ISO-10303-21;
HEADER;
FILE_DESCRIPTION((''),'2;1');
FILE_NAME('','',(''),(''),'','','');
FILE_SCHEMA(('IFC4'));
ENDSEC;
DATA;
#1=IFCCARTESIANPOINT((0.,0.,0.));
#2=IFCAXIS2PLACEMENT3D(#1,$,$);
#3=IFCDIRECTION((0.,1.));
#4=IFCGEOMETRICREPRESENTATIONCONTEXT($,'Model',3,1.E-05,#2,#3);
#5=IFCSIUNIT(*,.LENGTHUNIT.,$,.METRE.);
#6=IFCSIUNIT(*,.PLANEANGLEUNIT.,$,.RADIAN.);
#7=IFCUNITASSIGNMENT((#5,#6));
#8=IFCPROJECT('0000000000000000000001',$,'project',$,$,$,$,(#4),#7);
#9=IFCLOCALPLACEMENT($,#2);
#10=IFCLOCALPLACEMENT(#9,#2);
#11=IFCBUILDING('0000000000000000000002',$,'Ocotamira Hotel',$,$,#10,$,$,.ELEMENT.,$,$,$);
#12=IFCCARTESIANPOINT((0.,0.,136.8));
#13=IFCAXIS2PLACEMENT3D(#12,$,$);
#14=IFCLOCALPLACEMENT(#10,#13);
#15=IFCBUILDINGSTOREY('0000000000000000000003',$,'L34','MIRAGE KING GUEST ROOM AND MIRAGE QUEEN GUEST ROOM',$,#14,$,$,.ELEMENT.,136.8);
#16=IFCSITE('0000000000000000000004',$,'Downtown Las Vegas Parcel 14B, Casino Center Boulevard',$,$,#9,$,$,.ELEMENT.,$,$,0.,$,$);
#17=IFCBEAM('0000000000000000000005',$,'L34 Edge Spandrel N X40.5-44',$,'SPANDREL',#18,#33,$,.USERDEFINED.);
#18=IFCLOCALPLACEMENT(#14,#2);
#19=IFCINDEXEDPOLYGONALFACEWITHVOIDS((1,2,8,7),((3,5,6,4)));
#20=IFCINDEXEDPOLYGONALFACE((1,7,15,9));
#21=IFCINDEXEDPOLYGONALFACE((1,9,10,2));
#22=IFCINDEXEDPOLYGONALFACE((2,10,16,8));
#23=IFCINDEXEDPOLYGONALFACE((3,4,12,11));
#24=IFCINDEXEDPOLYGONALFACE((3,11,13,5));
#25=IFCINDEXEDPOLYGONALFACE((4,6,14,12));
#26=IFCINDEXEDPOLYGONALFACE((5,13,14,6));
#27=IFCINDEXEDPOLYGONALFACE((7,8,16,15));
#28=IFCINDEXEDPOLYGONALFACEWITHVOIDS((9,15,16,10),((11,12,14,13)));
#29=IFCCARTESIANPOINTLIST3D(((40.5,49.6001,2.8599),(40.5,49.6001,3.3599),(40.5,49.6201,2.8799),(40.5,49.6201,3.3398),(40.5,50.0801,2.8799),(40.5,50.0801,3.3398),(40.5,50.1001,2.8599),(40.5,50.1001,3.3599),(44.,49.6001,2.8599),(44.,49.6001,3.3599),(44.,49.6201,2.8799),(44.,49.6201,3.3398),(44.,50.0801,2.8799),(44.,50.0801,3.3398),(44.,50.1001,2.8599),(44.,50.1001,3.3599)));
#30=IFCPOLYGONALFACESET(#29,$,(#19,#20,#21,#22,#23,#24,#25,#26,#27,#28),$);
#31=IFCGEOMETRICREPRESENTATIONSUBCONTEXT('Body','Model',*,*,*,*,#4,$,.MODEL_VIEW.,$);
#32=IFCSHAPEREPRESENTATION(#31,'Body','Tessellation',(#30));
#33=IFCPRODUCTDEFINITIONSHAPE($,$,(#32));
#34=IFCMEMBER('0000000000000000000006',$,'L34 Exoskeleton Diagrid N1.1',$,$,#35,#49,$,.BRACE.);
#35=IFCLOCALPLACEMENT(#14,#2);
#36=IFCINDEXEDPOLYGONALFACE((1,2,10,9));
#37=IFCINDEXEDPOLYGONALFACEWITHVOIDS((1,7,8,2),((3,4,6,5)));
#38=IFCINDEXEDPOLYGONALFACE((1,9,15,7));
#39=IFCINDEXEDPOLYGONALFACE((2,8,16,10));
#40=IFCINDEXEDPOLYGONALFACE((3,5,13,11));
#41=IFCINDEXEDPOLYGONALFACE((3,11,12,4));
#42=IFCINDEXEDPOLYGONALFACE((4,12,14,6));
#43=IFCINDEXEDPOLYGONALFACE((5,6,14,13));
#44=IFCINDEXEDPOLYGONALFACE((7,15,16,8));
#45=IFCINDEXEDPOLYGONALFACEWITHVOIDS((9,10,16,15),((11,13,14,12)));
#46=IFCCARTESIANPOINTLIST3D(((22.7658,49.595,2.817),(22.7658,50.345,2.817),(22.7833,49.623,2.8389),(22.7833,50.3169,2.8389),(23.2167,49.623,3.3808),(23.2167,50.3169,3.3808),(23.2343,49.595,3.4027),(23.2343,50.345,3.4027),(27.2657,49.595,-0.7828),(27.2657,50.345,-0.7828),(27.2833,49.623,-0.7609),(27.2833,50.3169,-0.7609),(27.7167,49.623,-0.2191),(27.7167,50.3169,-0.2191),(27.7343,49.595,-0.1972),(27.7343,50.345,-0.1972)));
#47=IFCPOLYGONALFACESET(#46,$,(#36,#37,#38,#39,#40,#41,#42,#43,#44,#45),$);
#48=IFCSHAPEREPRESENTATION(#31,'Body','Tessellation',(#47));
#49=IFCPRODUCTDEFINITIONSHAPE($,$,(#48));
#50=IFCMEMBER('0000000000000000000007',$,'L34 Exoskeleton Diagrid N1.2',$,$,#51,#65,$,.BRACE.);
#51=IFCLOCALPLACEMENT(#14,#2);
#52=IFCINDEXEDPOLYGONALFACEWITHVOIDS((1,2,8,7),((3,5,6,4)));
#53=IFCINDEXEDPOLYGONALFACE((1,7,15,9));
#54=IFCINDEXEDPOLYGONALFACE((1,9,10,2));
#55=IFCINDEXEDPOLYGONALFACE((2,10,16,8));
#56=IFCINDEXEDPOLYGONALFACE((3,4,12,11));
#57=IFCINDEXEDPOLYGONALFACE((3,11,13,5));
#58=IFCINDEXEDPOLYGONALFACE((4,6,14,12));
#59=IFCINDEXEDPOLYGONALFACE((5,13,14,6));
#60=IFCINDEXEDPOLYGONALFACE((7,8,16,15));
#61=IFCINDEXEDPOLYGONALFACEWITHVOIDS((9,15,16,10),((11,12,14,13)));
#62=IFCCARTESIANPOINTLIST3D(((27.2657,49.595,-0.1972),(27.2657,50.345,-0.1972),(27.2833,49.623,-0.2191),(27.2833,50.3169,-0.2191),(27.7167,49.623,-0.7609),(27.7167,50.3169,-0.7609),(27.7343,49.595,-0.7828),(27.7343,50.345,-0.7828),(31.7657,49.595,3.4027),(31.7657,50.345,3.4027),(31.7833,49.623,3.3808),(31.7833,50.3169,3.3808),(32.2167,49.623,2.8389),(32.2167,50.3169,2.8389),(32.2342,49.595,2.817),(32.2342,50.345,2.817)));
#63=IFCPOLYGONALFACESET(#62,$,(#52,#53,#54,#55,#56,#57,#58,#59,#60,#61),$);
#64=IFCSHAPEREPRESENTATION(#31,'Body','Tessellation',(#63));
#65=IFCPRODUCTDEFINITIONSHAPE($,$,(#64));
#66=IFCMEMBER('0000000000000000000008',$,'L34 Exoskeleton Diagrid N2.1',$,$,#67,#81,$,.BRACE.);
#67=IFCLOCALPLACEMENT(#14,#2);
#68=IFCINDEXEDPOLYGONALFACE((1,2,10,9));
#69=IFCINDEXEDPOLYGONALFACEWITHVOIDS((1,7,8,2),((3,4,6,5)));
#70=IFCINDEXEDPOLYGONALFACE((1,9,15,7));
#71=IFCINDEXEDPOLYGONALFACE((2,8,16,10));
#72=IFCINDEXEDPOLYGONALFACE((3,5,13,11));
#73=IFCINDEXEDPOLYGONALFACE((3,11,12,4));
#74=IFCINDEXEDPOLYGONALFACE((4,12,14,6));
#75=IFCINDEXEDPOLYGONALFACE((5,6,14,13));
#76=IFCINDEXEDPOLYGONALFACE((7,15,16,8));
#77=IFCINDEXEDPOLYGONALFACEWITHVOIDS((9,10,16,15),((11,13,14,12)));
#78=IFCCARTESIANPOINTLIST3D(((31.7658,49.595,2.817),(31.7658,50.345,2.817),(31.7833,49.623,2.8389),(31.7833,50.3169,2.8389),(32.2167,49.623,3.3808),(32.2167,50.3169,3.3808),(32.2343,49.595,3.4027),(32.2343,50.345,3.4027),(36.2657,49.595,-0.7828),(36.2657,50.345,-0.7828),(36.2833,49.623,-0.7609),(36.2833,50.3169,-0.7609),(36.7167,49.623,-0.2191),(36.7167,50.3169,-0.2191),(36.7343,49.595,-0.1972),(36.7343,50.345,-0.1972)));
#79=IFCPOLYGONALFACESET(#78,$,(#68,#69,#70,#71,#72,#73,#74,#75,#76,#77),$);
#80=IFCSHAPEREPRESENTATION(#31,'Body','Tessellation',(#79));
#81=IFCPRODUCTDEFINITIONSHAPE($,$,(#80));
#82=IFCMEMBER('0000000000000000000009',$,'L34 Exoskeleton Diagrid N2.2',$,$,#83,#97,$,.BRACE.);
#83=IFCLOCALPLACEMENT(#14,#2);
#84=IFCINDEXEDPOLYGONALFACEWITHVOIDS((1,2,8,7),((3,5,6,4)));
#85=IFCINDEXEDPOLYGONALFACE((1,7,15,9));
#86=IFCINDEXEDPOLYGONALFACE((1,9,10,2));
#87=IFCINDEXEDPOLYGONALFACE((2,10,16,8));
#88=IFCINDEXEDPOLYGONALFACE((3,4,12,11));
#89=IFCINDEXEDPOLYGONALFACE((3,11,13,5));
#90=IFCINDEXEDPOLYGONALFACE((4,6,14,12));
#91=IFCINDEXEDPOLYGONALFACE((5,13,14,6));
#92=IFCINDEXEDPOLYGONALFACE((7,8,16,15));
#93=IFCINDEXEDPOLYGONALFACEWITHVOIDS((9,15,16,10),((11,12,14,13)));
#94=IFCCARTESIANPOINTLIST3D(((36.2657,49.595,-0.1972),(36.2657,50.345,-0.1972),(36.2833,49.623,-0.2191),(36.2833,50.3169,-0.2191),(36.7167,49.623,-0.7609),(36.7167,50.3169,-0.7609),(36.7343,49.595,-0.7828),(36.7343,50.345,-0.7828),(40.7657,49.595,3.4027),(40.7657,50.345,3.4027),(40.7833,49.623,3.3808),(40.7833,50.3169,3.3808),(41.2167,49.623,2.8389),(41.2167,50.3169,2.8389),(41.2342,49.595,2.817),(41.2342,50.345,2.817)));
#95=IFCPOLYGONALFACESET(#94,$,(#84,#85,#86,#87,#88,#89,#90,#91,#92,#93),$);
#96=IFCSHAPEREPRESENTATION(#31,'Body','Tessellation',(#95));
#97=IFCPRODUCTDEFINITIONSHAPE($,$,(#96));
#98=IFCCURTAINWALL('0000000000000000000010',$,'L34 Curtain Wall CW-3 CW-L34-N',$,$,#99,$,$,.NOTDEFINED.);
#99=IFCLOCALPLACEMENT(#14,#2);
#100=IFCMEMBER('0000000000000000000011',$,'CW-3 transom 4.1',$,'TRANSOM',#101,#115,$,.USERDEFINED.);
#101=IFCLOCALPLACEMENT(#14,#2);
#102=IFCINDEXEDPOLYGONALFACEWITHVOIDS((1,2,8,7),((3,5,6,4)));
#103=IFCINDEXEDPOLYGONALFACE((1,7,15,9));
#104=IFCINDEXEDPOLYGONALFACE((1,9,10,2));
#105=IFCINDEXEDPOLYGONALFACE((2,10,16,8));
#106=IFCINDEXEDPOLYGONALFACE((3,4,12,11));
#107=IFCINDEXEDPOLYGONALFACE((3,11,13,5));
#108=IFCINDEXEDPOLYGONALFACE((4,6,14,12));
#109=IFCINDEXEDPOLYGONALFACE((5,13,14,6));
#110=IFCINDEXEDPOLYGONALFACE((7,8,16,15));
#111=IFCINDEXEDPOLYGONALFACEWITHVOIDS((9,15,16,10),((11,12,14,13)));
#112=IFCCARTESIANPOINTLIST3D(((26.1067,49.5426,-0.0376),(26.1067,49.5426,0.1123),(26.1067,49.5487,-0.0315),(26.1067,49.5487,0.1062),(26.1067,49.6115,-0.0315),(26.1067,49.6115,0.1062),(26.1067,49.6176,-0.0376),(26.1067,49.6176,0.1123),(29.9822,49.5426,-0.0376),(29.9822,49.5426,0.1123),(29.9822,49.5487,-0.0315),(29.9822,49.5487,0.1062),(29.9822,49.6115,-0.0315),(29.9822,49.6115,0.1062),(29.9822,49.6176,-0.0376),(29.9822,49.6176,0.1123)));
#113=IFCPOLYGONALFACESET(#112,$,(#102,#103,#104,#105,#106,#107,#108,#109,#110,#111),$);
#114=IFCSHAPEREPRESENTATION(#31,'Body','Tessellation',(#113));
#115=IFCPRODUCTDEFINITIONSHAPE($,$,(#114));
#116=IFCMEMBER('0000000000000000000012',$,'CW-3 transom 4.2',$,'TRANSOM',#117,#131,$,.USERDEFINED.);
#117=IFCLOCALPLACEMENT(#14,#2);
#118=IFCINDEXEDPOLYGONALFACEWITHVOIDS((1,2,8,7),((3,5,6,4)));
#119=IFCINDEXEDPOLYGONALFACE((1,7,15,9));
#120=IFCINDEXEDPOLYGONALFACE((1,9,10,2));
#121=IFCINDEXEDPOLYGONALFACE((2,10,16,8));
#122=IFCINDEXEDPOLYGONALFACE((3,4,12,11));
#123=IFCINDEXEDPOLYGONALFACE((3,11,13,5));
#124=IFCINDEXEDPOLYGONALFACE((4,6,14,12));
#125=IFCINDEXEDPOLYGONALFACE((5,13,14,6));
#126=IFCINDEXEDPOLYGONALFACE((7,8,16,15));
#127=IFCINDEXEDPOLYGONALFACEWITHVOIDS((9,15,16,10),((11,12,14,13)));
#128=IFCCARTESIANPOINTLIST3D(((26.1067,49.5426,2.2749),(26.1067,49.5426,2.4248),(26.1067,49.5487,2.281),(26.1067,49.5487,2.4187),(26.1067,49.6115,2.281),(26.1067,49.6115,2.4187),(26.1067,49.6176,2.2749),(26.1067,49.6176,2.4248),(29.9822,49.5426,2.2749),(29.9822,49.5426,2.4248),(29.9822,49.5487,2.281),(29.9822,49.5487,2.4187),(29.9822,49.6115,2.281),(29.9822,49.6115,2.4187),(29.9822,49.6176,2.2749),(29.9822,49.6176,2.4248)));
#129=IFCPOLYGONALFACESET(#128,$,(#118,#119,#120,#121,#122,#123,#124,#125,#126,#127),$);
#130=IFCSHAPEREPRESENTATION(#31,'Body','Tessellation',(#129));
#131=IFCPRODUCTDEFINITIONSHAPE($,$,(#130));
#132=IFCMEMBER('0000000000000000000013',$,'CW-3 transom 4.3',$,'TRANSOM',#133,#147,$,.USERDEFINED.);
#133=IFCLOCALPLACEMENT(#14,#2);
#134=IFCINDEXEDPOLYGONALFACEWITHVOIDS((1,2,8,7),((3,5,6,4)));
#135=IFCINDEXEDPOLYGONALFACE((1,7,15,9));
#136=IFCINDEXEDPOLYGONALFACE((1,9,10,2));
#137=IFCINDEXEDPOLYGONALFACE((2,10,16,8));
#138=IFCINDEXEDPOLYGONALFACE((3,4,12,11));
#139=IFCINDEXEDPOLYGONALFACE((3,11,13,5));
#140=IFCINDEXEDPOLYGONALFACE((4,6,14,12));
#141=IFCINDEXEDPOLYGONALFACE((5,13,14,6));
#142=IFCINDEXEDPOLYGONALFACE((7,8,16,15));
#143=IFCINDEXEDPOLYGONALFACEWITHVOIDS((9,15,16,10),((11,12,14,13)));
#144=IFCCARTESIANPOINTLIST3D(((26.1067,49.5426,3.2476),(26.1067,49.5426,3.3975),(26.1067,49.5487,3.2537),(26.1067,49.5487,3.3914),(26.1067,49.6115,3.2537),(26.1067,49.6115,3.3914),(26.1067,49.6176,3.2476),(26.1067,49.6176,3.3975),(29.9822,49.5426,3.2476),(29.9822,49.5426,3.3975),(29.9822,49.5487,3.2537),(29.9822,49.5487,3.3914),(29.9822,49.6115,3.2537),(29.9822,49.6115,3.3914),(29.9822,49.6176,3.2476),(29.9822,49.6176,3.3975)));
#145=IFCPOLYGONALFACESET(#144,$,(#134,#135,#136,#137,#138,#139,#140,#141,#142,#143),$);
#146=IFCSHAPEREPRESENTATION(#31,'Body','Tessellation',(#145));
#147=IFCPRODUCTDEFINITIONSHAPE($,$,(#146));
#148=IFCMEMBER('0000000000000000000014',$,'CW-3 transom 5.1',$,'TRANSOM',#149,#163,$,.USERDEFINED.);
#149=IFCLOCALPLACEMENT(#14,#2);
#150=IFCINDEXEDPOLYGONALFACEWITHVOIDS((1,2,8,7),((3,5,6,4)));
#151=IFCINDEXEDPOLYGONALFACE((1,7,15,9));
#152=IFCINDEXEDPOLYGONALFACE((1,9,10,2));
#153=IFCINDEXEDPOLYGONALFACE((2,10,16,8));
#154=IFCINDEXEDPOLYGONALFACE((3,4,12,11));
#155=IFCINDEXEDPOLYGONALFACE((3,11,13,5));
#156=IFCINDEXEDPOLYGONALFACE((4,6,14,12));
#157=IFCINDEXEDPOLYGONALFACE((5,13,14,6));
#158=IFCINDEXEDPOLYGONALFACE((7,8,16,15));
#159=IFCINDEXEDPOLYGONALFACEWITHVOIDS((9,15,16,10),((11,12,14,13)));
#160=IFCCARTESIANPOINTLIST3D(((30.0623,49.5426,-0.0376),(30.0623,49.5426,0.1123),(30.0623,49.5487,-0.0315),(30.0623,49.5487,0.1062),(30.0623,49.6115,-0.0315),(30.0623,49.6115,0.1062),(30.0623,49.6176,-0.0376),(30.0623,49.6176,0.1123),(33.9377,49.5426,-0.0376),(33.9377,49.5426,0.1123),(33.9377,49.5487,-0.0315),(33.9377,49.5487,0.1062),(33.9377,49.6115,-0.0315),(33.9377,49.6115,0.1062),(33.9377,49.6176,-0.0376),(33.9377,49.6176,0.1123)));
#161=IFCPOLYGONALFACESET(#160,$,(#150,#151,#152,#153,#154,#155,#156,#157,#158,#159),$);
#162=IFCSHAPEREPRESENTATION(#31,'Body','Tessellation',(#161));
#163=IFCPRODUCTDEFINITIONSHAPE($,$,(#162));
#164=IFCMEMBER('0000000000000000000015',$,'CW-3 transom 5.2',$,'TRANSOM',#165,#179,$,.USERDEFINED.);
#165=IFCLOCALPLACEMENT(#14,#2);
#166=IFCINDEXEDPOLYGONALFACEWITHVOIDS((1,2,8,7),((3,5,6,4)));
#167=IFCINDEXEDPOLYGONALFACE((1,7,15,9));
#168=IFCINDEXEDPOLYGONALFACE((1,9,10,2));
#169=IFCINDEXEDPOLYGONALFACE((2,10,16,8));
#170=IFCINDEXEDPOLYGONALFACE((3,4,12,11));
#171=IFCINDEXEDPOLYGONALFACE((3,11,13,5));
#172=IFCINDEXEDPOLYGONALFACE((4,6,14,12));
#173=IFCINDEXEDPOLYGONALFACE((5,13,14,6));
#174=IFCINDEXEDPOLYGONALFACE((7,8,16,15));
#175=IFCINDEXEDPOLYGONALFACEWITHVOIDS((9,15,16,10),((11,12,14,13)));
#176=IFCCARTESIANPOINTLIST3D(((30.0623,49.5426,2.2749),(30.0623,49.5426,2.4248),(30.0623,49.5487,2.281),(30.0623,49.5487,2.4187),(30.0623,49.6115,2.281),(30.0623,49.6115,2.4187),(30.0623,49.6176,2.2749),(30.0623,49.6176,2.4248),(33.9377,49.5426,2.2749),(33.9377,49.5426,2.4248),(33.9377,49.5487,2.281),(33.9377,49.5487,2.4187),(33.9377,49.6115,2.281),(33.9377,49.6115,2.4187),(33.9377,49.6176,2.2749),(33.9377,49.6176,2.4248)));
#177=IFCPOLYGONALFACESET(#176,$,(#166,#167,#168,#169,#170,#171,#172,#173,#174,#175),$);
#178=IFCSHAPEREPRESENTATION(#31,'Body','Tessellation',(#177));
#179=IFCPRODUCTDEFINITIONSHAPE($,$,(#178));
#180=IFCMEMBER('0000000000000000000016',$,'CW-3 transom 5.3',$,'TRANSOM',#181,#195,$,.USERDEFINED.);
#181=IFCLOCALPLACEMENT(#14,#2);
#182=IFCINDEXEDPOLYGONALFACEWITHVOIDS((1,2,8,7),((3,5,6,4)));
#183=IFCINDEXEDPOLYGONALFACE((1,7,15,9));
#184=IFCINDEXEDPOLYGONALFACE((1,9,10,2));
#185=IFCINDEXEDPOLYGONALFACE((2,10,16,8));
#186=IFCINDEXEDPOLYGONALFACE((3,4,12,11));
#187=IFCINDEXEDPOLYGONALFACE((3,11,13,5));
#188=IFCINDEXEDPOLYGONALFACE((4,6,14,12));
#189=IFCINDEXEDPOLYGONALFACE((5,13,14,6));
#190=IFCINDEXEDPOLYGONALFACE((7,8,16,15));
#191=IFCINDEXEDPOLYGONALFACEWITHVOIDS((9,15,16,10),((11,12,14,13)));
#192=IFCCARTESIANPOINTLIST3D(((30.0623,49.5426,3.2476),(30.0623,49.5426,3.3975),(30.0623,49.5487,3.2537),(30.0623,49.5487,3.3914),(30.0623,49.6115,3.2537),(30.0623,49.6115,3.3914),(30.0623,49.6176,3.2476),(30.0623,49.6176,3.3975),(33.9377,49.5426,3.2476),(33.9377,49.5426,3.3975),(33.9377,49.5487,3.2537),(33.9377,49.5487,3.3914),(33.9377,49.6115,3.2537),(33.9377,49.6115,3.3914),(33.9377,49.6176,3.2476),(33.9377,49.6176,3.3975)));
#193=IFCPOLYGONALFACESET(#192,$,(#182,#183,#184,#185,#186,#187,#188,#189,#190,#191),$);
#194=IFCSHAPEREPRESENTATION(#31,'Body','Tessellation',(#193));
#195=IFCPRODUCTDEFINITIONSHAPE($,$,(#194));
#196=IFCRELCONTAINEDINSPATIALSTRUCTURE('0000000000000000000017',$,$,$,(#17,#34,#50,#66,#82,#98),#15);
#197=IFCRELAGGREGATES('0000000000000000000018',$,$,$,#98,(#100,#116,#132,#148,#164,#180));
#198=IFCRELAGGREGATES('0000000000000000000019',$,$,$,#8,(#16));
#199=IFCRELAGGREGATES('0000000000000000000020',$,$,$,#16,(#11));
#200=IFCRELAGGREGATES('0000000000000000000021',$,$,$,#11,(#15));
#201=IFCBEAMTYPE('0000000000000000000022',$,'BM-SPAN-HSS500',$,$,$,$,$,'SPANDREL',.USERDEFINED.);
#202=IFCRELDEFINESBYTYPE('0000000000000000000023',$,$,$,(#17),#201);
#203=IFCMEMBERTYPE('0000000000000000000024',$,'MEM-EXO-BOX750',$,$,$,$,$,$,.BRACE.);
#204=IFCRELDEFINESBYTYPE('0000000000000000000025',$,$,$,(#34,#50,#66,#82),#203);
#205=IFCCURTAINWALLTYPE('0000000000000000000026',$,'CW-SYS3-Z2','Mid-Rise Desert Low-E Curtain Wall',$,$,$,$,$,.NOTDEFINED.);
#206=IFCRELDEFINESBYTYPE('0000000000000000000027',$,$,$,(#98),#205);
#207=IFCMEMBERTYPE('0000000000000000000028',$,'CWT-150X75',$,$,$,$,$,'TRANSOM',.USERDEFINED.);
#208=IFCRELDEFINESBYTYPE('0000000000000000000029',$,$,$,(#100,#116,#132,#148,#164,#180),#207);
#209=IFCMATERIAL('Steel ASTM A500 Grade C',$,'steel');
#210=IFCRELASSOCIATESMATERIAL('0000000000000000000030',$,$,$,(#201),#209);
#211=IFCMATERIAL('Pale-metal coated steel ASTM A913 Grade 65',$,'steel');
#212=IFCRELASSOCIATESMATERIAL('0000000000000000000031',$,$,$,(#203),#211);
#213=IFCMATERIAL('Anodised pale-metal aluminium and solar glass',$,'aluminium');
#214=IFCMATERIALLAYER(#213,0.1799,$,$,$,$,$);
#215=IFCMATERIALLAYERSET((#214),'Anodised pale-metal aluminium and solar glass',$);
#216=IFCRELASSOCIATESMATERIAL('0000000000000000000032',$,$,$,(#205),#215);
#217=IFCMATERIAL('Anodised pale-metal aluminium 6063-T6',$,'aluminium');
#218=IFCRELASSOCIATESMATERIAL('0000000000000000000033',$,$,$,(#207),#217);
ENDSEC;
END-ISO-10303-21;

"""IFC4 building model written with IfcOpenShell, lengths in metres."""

from ifc_helpers import new_model, si_unit, direction, frame, origin, origin_2d, place, context, subcontext, project, spatial, hollow_rectangle, extrude, source, transform, mapped, material, layer, layer_set, material_profile, profile_set, type_object, element, aggregate, save


model = new_model("IFC4")

# Units and contexts
model_context = context("Model", 3, precision=1e-05, world=origin(), true_north=direction((0.0, 1.0)))
body_context = subcontext(model_context, "Body", "Model", "MODEL_VIEW")
ifc_project = project(units=[si_unit("LENGTHUNIT", "METRE"), si_unit("PLANEANGLEUNIT", "RADIAN")], contexts=[model_context])

# Site, building, storey
site_placement = place(None, origin())
site = spatial("IfcSite", under=ifc_project, at=site_placement, Name="Downtown Las Vegas Parcel 14B, Casino Center Boulevard", CompositionType="ELEMENT", RefElevation=0.0)
building_placement = place(site_placement, origin())
building = spatial("IfcBuilding", under=site, at=building_placement, Name="Ocotamira Hotel", CompositionType="ELEMENT")
storey_placement = place(building_placement, frame((0.0, 0.0, 136.8)))
storey = spatial("IfcBuildingStorey", under=building, at=storey_placement, Name="L34", Description="MIRAGE KING GUEST ROOM AND MIRAGE QUEEN GUEST ROOM", CompositionType="ELEMENT", Elevation=136.8)

# Beam
ifc_material_1 = material(Name="Steel ASTM A500 Grade C", Category="steel")
ifc_material_profile_1 = material_profile(ifc_material_1, hollow_rectangle(XDim=0.5, YDim=0.5, WallThickness=0.02, at=origin_2d()), Name="HSS500X500X20")
ifc_profile_set_1 = profile_set([ifc_material_profile_1], Name="Steel ASTM A500 Grade C")
beam_type = type_object("IfcBeamType", Name="BM-SPAN-HSS500", ElementType="SPANDREL", PredefinedType="USERDEFINED", material=ifc_profile_set_1)
shared_shape_1 = source(origin(), body_context, "Body", "SweptSolid", [
    extrude(hollow_rectangle(XDim=0.5, YDim=0.5, WallThickness=0.02, at=origin_2d()), origin(), (0.0, 0.0, 1.0), 3.5),
])
beam_placement = place(storey_placement, frame((40.5, 49.8501, 3.1099), z_axis=(1.0, 0.0, 0.0), x_axis=(0.0, 1.0, 0.0)))
element("IfcBeam", 1, at=beam_placement, inside=storey, type_object=beam_type, Name="L34 Edge Spandrel N X40.5-44", ObjectType="SPANDREL", PredefinedType="USERDEFINED", context=body_context, shape_type="MappedRepresentation", body=[
    mapped(shared_shape_1, transform((0.0, 0.0, 0.0), scale=1.0)),
])

# Members
ifc_material_2 = material(Name="Pale-metal coated steel ASTM A913 Grade 65", Category="steel")
ifc_material_profile_2 = material_profile(ifc_material_2, hollow_rectangle(XDim=0.75, YDim=0.75, WallThickness=0.0281, at=origin_2d()), Name="BOX750X750X28")
ifc_profile_set_2 = profile_set([ifc_material_profile_2], Name="Pale-metal coated steel ASTM A913 Grade 65")
member_type_1 = type_object("IfcMemberType", Name="MEM-EXO-BOX750", PredefinedType="BRACE", material=ifc_profile_set_2)
shared_shape_2 = source(origin(), body_context, "Body", "SweptSolid", [
    extrude(hollow_rectangle(XDim=0.75, YDim=0.75, WallThickness=0.0281, at=origin_2d()), origin(), (0.0, 0.0, 1.0), 5.7627),
])
for number, where, z_axis, x_axis, name in (
    (2, (27.5, 49.97, -0.49), (-0.780881, 0.0, 0.62468), (0.0, -1.0, 0.0), "L34 Exoskeleton Diagrid N1.1"),
    (3, (27.5, 49.97, -0.49), (0.780881, 0.0, 0.62468), (0.0, 1.0, 0.0), "L34 Exoskeleton Diagrid N1.2"),
    (4, (36.5, 49.97, -0.49), (-0.780881, 0.0, 0.62468), (0.0, -1.0, 0.0), "L34 Exoskeleton Diagrid N2.1"),
    (5, (36.5, 49.97, -0.49), (0.780881, 0.0, 0.62468), (0.0, 1.0, 0.0), "L34 Exoskeleton Diagrid N2.2"),
):
    element("IfcMember", number, at=place(storey_placement, frame(where, z_axis=z_axis, x_axis=x_axis)), inside=storey, type_object=member_type_1, Name=name, PredefinedType="BRACE", context=body_context, shape_type="MappedRepresentation", body=[
        mapped(shared_shape_2, transform((0.0, 0.0, 0.0), scale=1.0)),
    ])

# Curtain wall, members
ifc_material_3 = material(Name="Anodised pale-metal aluminium and solar glass", Category="aluminium")
ifc_layer_1 = layer(ifc_material_3, 0.1799)
ifc_layer_set_1 = layer_set([ifc_layer_1], Name="Anodised pale-metal aluminium and solar glass")
curtain_wall_type = type_object("IfcCurtainWallType", Name="CW-SYS3-Z2", Description="Mid-Rise Desert Low-E Curtain Wall", PredefinedType="NOTDEFINED", material=ifc_layer_set_1)
curtain_wall_placement = place(storey_placement, origin())
curtain_wall = element("IfcCurtainWall", 6, at=curtain_wall_placement, inside=storey, type_object=curtain_wall_type, Name="L34 Curtain Wall CW-3 CW-L34-N", PredefinedType="NOTDEFINED")
ifc_material_4 = material(Name="Anodised pale-metal aluminium 6063-T6", Category="aluminium")
ifc_material_profile_3 = material_profile(ifc_material_4, hollow_rectangle(XDim=0.075, YDim=0.1499, WallThickness=0.0061, at=origin_2d()), Name="HSS150X75X6")
ifc_profile_set_3 = profile_set([ifc_material_profile_3], Name="Anodised pale-metal aluminium 6063-T6")
member_type_2 = type_object("IfcMemberType", Name="CWT-150X75", ElementType="TRANSOM", PredefinedType="USERDEFINED", material=ifc_profile_set_3)
shared_shape_3 = source(origin(), body_context, "Body", "SweptSolid", [
    extrude(hollow_rectangle(XDim=0.075, YDim=0.1499, WallThickness=0.0061, at=origin_2d()), origin(), (0.0, 0.0, 1.0), 3.8755),
])
member_1_placement = place(storey_placement, frame((26.1067, 49.5801, 0.0374), z_axis=(1.0, 0.0, 0.0), x_axis=(0.0, 1.0, 0.0)))
member_1 = element("IfcMember", 7, at=member_1_placement, type_object=member_type_2, Name="CW-3 transom 4.1", ObjectType="TRANSOM", PredefinedType="USERDEFINED", context=body_context, shape_type="MappedRepresentation", body=[
    mapped(shared_shape_3, transform((0.0, 0.0, 0.0), scale=1.0)),
])
member_2_placement = place(storey_placement, frame((26.1067, 49.5801, 2.3499), z_axis=(1.0, 0.0, 0.0), x_axis=(0.0, 1.0, 0.0)))
member_2 = element("IfcMember", 8, at=member_2_placement, type_object=member_type_2, Name="CW-3 transom 4.2", ObjectType="TRANSOM", PredefinedType="USERDEFINED", context=body_context, shape_type="MappedRepresentation", body=[
    mapped(shared_shape_3, transform((0.0, 0.0, 0.0), scale=1.0)),
])
member_3_placement = place(storey_placement, frame((26.1067, 49.5801, 3.3225), z_axis=(1.0, 0.0, 0.0), x_axis=(0.0, 1.0, 0.0)))
member_3 = element("IfcMember", 9, at=member_3_placement, type_object=member_type_2, Name="CW-3 transom 4.3", ObjectType="TRANSOM", PredefinedType="USERDEFINED", context=body_context, shape_type="MappedRepresentation", body=[
    mapped(shared_shape_3, transform((0.0, 0.0, 0.0), scale=1.0)),
])
member_4_placement = place(storey_placement, frame((30.0623, 49.5801, 0.0374), z_axis=(1.0, 0.0, 0.0), x_axis=(0.0, 1.0, 0.0)))
member_4 = element("IfcMember", 10, at=member_4_placement, type_object=member_type_2, Name="CW-3 transom 5.1", ObjectType="TRANSOM", PredefinedType="USERDEFINED", context=body_context, shape_type="MappedRepresentation", body=[
    mapped(shared_shape_3, transform((0.0, 0.0, 0.0), scale=1.0)),
])
member_5_placement = place(storey_placement, frame((30.0623, 49.5801, 2.3499), z_axis=(1.0, 0.0, 0.0), x_axis=(0.0, 1.0, 0.0)))
member_5 = element("IfcMember", 11, at=member_5_placement, type_object=member_type_2, Name="CW-3 transom 5.2", ObjectType="TRANSOM", PredefinedType="USERDEFINED", context=body_context, shape_type="MappedRepresentation", body=[
    mapped(shared_shape_3, transform((0.0, 0.0, 0.0), scale=1.0)),
])
member_6_placement = place(storey_placement, frame((30.0623, 49.5801, 3.3225), z_axis=(1.0, 0.0, 0.0), x_axis=(0.0, 1.0, 0.0)))
member_6 = element("IfcMember", 12, at=member_6_placement, type_object=member_type_2, Name="CW-3 transom 5.3", ObjectType="TRANSOM", PredefinedType="USERDEFINED", context=body_context, shape_type="MappedRepresentation", body=[
    mapped(shared_shape_3, transform((0.0, 0.0, 0.0), scale=1.0)),
])

aggregate(curtain_wall, [member_1, member_2, member_3, member_4, member_5, member_6])

save(model, "model.ifc")
